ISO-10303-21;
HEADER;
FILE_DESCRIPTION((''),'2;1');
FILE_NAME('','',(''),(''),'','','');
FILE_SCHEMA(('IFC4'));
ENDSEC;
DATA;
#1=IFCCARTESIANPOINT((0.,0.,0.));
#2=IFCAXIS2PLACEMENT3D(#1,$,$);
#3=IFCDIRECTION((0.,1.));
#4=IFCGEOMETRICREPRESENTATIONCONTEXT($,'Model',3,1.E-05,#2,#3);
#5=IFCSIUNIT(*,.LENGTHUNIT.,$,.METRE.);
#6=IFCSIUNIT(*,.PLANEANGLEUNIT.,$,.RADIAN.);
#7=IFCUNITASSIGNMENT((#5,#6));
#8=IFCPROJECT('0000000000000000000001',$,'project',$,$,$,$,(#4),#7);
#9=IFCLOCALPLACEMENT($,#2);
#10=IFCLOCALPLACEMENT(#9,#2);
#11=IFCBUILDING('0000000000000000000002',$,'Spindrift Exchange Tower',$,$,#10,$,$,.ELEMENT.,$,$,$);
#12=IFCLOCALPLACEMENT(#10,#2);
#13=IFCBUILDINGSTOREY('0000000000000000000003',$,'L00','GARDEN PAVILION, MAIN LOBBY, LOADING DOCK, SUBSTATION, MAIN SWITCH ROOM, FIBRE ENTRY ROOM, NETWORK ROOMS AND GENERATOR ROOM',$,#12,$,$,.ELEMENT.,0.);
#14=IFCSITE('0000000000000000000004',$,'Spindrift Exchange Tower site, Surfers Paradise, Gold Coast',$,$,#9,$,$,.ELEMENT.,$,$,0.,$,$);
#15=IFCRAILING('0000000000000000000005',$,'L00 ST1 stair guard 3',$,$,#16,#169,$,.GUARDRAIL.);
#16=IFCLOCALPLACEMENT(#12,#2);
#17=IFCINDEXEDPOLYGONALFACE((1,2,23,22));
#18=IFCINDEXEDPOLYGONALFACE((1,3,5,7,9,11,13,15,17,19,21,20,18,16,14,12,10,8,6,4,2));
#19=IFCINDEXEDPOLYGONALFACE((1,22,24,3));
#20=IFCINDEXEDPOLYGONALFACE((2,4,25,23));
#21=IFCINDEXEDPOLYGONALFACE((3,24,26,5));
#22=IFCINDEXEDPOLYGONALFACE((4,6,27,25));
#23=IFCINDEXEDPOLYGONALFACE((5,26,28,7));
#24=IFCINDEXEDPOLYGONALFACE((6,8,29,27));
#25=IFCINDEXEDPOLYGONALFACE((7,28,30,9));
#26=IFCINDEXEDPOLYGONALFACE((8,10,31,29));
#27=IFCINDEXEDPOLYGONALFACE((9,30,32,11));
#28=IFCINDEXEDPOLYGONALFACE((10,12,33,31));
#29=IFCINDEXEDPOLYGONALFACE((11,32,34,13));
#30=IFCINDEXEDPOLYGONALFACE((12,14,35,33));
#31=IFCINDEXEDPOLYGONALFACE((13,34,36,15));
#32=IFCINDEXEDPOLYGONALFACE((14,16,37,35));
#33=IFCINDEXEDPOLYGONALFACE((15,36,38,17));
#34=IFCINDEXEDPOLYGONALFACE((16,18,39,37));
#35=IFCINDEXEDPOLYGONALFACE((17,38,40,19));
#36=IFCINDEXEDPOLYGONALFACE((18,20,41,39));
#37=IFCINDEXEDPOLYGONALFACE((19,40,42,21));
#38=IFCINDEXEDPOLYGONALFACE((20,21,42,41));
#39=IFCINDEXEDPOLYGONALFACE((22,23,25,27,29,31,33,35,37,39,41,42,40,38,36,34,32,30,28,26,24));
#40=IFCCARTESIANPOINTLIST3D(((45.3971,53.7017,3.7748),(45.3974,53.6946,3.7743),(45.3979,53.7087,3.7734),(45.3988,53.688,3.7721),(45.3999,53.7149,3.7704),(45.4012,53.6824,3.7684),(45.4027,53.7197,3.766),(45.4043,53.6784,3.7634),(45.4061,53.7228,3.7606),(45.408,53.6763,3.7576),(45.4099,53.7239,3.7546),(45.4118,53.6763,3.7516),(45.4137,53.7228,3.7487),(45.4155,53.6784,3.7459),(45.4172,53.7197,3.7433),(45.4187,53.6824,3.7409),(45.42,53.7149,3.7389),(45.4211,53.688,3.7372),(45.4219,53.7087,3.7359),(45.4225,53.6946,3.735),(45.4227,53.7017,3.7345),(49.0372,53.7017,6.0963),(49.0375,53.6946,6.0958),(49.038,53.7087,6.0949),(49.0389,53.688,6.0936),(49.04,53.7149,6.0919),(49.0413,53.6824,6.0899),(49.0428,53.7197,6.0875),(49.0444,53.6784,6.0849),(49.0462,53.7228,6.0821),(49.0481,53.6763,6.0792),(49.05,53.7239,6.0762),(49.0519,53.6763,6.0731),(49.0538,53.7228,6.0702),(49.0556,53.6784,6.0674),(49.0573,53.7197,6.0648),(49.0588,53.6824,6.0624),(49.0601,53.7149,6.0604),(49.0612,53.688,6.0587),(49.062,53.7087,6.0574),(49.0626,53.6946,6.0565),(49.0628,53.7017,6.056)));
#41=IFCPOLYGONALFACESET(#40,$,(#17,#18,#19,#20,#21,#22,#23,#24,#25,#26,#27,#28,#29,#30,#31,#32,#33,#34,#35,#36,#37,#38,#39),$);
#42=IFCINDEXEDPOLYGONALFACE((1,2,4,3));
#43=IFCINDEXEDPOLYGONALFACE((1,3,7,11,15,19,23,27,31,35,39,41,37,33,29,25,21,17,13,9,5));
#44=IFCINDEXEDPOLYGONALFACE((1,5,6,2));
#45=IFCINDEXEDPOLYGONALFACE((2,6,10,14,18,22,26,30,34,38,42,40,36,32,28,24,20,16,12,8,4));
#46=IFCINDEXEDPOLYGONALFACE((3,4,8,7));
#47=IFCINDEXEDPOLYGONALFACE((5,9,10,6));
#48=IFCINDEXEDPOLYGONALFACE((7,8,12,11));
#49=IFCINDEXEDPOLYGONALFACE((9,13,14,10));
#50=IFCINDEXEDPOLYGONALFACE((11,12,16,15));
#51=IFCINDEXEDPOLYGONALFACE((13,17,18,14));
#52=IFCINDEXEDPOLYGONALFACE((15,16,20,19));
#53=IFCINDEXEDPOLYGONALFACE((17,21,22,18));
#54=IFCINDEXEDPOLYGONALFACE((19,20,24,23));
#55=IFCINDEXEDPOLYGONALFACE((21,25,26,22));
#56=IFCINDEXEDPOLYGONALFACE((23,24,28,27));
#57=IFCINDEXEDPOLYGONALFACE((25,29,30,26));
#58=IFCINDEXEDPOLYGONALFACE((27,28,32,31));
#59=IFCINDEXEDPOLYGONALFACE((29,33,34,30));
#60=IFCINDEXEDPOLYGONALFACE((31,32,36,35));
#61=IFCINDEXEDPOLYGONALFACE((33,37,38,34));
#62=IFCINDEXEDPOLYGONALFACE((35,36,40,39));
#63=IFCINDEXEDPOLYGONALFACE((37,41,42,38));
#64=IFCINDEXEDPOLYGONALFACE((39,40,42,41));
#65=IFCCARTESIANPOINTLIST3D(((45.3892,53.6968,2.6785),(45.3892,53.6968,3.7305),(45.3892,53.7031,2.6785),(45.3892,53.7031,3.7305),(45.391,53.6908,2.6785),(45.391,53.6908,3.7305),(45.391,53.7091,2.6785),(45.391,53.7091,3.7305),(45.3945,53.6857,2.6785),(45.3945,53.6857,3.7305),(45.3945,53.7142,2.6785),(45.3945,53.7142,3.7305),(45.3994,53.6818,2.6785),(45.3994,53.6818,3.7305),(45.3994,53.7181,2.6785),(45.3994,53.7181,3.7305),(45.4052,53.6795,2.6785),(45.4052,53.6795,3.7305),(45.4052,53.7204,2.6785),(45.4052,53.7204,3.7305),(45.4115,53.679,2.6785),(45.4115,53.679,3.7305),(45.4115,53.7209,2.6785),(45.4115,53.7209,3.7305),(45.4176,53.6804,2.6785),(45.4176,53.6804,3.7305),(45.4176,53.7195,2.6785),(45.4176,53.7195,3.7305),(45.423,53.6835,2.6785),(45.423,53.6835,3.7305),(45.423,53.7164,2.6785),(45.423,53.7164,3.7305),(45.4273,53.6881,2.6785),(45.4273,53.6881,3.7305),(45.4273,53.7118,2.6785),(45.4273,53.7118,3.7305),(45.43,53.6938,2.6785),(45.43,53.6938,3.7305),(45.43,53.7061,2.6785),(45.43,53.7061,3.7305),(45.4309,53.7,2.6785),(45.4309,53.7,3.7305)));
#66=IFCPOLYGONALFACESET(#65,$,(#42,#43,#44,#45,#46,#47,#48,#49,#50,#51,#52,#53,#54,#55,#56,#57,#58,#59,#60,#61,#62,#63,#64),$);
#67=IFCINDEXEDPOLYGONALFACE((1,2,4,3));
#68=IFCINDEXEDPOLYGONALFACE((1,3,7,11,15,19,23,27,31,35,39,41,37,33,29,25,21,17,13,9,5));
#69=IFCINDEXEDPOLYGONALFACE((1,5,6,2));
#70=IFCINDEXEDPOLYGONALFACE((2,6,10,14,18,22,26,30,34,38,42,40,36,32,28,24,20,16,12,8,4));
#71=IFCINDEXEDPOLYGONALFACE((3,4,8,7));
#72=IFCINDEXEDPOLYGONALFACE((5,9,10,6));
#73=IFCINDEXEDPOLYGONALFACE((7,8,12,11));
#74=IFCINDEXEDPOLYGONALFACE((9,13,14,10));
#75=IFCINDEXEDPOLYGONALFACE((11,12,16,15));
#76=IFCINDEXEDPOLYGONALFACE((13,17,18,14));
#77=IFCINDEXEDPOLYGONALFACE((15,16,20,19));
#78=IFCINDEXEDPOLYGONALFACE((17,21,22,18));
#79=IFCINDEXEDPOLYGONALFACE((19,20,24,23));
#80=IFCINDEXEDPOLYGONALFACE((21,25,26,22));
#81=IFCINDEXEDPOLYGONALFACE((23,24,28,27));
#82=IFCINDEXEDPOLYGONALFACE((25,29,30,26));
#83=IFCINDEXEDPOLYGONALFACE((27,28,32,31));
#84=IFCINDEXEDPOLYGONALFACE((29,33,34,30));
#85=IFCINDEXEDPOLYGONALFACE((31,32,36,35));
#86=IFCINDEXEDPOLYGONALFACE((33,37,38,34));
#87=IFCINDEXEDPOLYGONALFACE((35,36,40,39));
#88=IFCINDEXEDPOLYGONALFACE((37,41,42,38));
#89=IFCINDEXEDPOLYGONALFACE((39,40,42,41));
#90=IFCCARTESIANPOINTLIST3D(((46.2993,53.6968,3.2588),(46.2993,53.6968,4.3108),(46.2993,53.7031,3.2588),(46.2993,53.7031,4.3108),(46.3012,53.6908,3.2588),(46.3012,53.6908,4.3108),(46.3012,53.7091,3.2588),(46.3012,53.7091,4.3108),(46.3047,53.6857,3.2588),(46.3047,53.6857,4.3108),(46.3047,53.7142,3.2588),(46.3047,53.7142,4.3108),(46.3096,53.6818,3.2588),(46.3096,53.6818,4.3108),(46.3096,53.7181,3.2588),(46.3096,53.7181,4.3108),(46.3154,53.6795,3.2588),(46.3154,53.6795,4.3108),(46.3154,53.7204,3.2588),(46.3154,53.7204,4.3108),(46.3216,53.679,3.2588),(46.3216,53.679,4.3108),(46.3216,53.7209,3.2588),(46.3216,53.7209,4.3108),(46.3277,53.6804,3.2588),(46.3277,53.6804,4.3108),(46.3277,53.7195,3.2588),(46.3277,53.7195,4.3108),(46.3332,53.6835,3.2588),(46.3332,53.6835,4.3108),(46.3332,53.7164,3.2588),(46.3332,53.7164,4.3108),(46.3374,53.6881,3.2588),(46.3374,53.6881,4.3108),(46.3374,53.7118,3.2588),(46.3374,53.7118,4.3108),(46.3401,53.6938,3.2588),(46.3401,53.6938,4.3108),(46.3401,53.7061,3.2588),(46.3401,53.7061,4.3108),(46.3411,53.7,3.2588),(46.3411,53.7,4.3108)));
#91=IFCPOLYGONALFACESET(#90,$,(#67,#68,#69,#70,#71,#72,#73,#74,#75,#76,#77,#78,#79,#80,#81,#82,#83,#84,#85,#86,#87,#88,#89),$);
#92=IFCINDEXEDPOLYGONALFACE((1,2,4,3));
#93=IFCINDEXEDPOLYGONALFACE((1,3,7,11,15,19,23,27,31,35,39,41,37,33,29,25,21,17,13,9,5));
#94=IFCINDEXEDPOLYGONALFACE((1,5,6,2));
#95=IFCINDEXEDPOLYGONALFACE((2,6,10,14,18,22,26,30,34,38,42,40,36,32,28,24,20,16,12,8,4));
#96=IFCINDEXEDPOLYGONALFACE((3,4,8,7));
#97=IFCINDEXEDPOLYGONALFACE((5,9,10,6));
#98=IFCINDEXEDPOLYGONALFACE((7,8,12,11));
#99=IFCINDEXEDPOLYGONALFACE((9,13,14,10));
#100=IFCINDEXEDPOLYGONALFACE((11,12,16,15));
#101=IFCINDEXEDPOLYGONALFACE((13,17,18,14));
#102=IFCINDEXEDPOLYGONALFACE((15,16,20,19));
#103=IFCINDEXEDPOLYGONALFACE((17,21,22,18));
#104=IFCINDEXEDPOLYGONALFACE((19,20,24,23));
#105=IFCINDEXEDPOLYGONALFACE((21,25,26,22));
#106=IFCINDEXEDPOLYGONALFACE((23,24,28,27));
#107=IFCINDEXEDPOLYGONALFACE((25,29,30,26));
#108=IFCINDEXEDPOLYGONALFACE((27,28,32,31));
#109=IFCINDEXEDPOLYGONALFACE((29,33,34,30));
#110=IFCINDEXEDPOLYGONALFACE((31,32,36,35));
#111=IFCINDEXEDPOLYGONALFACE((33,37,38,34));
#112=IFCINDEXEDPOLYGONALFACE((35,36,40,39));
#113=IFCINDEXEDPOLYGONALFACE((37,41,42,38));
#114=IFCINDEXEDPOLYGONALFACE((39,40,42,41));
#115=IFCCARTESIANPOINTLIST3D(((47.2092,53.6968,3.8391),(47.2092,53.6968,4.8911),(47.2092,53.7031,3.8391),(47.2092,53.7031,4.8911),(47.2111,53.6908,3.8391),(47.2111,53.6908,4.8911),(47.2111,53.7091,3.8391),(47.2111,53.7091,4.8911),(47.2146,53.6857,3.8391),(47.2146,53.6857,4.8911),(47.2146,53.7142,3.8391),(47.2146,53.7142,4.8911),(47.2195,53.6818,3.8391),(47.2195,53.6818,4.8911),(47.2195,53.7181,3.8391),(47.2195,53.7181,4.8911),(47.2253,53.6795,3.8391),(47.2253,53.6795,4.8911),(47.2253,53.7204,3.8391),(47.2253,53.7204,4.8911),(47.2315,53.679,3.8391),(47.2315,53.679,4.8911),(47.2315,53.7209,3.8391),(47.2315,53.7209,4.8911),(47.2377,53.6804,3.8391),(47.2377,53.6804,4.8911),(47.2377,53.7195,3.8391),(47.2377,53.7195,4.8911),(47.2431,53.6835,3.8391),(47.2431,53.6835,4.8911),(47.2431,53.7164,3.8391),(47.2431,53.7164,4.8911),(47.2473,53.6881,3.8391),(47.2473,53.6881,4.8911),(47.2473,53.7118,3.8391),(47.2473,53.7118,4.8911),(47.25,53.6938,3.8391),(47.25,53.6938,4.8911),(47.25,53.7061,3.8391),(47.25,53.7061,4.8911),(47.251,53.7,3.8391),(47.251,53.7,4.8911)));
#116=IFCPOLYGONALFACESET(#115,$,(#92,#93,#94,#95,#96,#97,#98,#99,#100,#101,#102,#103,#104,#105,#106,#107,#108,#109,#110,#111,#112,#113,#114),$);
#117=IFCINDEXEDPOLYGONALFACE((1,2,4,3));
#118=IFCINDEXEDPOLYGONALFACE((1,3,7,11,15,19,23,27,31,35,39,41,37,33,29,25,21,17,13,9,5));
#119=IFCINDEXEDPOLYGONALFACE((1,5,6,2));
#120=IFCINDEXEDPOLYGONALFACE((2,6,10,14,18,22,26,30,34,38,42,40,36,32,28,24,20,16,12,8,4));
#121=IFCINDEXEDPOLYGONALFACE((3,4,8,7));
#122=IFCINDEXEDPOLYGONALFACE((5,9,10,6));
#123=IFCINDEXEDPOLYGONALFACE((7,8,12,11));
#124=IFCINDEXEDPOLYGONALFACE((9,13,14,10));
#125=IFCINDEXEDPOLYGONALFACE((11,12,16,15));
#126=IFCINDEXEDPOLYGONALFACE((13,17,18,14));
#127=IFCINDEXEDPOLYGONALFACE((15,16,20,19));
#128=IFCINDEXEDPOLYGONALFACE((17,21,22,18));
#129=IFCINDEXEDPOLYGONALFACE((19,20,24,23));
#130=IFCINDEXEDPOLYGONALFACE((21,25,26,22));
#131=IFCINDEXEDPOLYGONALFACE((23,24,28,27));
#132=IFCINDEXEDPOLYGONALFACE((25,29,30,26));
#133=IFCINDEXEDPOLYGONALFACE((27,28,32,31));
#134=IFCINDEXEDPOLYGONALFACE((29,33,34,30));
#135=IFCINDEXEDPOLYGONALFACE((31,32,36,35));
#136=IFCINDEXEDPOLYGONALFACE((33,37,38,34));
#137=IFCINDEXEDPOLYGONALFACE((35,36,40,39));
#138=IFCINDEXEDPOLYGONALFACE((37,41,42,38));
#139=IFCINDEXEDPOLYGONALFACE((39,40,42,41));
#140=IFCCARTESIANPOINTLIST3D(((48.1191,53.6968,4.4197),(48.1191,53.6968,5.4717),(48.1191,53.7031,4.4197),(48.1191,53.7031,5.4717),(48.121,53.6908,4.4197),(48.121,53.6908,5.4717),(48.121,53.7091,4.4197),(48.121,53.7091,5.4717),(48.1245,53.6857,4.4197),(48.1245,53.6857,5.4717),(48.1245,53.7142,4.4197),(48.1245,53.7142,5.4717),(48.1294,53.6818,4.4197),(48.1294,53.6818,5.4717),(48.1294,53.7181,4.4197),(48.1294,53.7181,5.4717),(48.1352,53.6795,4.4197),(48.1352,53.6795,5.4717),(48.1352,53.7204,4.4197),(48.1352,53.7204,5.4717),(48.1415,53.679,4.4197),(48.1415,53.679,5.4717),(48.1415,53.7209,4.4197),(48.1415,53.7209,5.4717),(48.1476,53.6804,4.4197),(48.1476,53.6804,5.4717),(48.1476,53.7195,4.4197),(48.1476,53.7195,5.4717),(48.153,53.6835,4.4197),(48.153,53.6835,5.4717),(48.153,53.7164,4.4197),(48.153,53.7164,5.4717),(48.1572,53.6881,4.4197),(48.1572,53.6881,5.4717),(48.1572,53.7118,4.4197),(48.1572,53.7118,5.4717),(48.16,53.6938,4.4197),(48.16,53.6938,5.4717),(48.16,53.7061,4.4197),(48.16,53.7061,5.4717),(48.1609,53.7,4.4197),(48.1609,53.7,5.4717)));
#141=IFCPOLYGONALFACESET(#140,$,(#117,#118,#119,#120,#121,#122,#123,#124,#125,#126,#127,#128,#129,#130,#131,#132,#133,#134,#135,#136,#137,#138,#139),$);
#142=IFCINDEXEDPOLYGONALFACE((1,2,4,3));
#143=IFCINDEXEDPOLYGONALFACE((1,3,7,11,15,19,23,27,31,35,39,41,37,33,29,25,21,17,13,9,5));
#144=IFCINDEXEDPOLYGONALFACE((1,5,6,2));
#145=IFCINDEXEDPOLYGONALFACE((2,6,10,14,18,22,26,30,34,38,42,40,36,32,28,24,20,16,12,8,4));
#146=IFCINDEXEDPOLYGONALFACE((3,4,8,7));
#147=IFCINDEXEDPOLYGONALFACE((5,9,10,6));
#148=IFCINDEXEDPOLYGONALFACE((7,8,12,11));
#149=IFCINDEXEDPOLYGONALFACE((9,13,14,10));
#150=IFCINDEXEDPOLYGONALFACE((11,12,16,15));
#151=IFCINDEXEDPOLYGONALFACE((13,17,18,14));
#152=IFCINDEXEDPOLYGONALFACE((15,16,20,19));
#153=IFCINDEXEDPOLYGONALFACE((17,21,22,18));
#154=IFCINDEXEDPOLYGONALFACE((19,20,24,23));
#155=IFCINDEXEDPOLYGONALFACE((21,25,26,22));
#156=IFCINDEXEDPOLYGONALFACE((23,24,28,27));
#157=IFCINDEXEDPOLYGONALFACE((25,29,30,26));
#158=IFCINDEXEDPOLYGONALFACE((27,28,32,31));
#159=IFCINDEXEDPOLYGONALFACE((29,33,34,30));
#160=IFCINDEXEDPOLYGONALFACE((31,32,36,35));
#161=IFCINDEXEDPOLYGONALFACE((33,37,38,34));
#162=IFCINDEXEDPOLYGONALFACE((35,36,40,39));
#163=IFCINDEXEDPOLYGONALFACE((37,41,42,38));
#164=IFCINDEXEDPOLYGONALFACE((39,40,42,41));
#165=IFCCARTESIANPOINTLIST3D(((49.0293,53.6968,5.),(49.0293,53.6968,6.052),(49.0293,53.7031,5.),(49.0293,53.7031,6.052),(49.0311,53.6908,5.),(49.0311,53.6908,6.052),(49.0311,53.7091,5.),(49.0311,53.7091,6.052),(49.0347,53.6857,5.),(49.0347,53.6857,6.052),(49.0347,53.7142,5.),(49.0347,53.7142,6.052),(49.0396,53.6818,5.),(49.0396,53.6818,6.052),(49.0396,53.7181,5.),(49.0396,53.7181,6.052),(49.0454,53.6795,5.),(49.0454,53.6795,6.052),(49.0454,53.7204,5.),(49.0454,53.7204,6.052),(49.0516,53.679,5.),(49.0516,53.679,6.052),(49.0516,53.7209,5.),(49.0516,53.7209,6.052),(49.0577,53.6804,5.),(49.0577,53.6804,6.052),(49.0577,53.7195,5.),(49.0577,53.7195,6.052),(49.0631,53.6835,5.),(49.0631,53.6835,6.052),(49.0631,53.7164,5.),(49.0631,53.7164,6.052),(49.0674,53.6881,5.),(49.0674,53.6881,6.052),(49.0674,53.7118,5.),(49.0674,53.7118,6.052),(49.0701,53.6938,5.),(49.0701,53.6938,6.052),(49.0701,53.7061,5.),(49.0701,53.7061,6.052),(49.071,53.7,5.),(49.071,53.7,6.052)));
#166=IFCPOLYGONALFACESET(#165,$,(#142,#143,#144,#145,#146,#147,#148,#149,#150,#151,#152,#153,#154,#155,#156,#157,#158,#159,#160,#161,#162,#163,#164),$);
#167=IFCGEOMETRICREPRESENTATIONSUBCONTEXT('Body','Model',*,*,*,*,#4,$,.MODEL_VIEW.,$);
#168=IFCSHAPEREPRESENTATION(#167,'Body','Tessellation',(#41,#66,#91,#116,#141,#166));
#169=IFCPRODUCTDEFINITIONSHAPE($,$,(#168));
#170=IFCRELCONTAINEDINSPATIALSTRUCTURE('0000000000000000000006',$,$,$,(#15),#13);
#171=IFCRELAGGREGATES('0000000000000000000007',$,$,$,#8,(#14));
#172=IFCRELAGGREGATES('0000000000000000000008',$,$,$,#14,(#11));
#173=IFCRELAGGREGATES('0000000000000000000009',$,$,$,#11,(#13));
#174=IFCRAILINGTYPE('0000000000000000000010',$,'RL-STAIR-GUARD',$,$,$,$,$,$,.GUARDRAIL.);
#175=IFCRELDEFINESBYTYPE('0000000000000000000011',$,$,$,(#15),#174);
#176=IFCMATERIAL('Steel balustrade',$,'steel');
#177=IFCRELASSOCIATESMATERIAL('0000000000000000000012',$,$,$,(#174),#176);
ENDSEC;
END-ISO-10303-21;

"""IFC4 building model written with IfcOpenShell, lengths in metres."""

from ifc_helpers import new_model, si_unit, direction, frame, origin, origin_2d, place, context, subcontext, project, spatial, circle, extrude, material, type_object, element, save


model = new_model("IFC4")

# Units and contexts
model_context = context("Model", 3, precision=1e-05, world=origin(), true_north=direction((0.0, 1.0)))
body_context = subcontext(model_context, "Body", "Model", "MODEL_VIEW")
ifc_project = project(units=[si_unit("LENGTHUNIT", "METRE"), si_unit("PLANEANGLEUNIT", "RADIAN")], contexts=[model_context])

# Site, building, storey
site_placement = place(None, origin())
site = spatial("IfcSite", under=ifc_project, at=site_placement, Name="Spindrift Exchange Tower site, Surfers Paradise, Gold Coast", CompositionType="ELEMENT", RefElevation=0.0)
building_placement = place(site_placement, origin())
building = spatial("IfcBuilding", under=site, at=building_placement, Name="Spindrift Exchange Tower", CompositionType="ELEMENT")
storey_placement = place(building_placement, origin())
storey = spatial("IfcBuildingStorey", under=building, at=storey_placement, Name="L00", Description="GARDEN PAVILION, MAIN LOBBY, LOADING DOCK, SUBSTATION, MAIN SWITCH ROOM, FIBRE ENTRY ROOM, NETWORK ROOMS AND GENERATOR ROOM", CompositionType="ELEMENT", Elevation=0.0)

# Railing
ifc_material_1 = material(Name="Steel balustrade", Category="steel")
railing_type_1 = type_object("IfcRailingType", Name="RL-STAIR-GUARD", PredefinedType="GUARDRAIL", material=ifc_material_1)
railing_1_placement = place(storey_placement, frame((45.4099, 53.7, 2.6785)))
element("IfcRailing", 1, at=railing_1_placement, inside=storey, type_object=railing_type_1, Name="L00 ST1 stair guard 3", PredefinedType="GUARDRAIL", context=body_context, shape_type="SweptSolid", body=[
    extrude(circle(Radius=0.0239, at=origin_2d()), frame((0.0, 0.0, 1.0762), z_axis=(0.843128, 0.0, 0.537713), x_axis=(0.0, 1.0, 0.0)), (0.0, 0.0, 1.0), 4.3174),
    extrude(circle(Radius=0.021, at=origin_2d()), origin(), (0.0, 0.0, 1.0), 1.052),
    extrude(circle(Radius=0.021, at=origin_2d()), frame((0.9102, 0.0, 0.5803)), (0.0, 0.0, 1.0), 1.052),
    extrude(circle(Radius=0.021, at=origin_2d()), frame((1.8201, 0.0, 1.1606)), (0.0, 0.0, 1.0), 1.052),
    extrude(circle(Radius=0.021, at=origin_2d()), frame((2.73, 0.0, 1.7412)), (0.0, 0.0, 1.0), 1.052),
    extrude(circle(Radius=0.021, at=origin_2d()), frame((3.6401, 0.0, 2.3215)), (0.0, 0.0, 1.0), 1.052),
])

save(model, "model.ifc")
